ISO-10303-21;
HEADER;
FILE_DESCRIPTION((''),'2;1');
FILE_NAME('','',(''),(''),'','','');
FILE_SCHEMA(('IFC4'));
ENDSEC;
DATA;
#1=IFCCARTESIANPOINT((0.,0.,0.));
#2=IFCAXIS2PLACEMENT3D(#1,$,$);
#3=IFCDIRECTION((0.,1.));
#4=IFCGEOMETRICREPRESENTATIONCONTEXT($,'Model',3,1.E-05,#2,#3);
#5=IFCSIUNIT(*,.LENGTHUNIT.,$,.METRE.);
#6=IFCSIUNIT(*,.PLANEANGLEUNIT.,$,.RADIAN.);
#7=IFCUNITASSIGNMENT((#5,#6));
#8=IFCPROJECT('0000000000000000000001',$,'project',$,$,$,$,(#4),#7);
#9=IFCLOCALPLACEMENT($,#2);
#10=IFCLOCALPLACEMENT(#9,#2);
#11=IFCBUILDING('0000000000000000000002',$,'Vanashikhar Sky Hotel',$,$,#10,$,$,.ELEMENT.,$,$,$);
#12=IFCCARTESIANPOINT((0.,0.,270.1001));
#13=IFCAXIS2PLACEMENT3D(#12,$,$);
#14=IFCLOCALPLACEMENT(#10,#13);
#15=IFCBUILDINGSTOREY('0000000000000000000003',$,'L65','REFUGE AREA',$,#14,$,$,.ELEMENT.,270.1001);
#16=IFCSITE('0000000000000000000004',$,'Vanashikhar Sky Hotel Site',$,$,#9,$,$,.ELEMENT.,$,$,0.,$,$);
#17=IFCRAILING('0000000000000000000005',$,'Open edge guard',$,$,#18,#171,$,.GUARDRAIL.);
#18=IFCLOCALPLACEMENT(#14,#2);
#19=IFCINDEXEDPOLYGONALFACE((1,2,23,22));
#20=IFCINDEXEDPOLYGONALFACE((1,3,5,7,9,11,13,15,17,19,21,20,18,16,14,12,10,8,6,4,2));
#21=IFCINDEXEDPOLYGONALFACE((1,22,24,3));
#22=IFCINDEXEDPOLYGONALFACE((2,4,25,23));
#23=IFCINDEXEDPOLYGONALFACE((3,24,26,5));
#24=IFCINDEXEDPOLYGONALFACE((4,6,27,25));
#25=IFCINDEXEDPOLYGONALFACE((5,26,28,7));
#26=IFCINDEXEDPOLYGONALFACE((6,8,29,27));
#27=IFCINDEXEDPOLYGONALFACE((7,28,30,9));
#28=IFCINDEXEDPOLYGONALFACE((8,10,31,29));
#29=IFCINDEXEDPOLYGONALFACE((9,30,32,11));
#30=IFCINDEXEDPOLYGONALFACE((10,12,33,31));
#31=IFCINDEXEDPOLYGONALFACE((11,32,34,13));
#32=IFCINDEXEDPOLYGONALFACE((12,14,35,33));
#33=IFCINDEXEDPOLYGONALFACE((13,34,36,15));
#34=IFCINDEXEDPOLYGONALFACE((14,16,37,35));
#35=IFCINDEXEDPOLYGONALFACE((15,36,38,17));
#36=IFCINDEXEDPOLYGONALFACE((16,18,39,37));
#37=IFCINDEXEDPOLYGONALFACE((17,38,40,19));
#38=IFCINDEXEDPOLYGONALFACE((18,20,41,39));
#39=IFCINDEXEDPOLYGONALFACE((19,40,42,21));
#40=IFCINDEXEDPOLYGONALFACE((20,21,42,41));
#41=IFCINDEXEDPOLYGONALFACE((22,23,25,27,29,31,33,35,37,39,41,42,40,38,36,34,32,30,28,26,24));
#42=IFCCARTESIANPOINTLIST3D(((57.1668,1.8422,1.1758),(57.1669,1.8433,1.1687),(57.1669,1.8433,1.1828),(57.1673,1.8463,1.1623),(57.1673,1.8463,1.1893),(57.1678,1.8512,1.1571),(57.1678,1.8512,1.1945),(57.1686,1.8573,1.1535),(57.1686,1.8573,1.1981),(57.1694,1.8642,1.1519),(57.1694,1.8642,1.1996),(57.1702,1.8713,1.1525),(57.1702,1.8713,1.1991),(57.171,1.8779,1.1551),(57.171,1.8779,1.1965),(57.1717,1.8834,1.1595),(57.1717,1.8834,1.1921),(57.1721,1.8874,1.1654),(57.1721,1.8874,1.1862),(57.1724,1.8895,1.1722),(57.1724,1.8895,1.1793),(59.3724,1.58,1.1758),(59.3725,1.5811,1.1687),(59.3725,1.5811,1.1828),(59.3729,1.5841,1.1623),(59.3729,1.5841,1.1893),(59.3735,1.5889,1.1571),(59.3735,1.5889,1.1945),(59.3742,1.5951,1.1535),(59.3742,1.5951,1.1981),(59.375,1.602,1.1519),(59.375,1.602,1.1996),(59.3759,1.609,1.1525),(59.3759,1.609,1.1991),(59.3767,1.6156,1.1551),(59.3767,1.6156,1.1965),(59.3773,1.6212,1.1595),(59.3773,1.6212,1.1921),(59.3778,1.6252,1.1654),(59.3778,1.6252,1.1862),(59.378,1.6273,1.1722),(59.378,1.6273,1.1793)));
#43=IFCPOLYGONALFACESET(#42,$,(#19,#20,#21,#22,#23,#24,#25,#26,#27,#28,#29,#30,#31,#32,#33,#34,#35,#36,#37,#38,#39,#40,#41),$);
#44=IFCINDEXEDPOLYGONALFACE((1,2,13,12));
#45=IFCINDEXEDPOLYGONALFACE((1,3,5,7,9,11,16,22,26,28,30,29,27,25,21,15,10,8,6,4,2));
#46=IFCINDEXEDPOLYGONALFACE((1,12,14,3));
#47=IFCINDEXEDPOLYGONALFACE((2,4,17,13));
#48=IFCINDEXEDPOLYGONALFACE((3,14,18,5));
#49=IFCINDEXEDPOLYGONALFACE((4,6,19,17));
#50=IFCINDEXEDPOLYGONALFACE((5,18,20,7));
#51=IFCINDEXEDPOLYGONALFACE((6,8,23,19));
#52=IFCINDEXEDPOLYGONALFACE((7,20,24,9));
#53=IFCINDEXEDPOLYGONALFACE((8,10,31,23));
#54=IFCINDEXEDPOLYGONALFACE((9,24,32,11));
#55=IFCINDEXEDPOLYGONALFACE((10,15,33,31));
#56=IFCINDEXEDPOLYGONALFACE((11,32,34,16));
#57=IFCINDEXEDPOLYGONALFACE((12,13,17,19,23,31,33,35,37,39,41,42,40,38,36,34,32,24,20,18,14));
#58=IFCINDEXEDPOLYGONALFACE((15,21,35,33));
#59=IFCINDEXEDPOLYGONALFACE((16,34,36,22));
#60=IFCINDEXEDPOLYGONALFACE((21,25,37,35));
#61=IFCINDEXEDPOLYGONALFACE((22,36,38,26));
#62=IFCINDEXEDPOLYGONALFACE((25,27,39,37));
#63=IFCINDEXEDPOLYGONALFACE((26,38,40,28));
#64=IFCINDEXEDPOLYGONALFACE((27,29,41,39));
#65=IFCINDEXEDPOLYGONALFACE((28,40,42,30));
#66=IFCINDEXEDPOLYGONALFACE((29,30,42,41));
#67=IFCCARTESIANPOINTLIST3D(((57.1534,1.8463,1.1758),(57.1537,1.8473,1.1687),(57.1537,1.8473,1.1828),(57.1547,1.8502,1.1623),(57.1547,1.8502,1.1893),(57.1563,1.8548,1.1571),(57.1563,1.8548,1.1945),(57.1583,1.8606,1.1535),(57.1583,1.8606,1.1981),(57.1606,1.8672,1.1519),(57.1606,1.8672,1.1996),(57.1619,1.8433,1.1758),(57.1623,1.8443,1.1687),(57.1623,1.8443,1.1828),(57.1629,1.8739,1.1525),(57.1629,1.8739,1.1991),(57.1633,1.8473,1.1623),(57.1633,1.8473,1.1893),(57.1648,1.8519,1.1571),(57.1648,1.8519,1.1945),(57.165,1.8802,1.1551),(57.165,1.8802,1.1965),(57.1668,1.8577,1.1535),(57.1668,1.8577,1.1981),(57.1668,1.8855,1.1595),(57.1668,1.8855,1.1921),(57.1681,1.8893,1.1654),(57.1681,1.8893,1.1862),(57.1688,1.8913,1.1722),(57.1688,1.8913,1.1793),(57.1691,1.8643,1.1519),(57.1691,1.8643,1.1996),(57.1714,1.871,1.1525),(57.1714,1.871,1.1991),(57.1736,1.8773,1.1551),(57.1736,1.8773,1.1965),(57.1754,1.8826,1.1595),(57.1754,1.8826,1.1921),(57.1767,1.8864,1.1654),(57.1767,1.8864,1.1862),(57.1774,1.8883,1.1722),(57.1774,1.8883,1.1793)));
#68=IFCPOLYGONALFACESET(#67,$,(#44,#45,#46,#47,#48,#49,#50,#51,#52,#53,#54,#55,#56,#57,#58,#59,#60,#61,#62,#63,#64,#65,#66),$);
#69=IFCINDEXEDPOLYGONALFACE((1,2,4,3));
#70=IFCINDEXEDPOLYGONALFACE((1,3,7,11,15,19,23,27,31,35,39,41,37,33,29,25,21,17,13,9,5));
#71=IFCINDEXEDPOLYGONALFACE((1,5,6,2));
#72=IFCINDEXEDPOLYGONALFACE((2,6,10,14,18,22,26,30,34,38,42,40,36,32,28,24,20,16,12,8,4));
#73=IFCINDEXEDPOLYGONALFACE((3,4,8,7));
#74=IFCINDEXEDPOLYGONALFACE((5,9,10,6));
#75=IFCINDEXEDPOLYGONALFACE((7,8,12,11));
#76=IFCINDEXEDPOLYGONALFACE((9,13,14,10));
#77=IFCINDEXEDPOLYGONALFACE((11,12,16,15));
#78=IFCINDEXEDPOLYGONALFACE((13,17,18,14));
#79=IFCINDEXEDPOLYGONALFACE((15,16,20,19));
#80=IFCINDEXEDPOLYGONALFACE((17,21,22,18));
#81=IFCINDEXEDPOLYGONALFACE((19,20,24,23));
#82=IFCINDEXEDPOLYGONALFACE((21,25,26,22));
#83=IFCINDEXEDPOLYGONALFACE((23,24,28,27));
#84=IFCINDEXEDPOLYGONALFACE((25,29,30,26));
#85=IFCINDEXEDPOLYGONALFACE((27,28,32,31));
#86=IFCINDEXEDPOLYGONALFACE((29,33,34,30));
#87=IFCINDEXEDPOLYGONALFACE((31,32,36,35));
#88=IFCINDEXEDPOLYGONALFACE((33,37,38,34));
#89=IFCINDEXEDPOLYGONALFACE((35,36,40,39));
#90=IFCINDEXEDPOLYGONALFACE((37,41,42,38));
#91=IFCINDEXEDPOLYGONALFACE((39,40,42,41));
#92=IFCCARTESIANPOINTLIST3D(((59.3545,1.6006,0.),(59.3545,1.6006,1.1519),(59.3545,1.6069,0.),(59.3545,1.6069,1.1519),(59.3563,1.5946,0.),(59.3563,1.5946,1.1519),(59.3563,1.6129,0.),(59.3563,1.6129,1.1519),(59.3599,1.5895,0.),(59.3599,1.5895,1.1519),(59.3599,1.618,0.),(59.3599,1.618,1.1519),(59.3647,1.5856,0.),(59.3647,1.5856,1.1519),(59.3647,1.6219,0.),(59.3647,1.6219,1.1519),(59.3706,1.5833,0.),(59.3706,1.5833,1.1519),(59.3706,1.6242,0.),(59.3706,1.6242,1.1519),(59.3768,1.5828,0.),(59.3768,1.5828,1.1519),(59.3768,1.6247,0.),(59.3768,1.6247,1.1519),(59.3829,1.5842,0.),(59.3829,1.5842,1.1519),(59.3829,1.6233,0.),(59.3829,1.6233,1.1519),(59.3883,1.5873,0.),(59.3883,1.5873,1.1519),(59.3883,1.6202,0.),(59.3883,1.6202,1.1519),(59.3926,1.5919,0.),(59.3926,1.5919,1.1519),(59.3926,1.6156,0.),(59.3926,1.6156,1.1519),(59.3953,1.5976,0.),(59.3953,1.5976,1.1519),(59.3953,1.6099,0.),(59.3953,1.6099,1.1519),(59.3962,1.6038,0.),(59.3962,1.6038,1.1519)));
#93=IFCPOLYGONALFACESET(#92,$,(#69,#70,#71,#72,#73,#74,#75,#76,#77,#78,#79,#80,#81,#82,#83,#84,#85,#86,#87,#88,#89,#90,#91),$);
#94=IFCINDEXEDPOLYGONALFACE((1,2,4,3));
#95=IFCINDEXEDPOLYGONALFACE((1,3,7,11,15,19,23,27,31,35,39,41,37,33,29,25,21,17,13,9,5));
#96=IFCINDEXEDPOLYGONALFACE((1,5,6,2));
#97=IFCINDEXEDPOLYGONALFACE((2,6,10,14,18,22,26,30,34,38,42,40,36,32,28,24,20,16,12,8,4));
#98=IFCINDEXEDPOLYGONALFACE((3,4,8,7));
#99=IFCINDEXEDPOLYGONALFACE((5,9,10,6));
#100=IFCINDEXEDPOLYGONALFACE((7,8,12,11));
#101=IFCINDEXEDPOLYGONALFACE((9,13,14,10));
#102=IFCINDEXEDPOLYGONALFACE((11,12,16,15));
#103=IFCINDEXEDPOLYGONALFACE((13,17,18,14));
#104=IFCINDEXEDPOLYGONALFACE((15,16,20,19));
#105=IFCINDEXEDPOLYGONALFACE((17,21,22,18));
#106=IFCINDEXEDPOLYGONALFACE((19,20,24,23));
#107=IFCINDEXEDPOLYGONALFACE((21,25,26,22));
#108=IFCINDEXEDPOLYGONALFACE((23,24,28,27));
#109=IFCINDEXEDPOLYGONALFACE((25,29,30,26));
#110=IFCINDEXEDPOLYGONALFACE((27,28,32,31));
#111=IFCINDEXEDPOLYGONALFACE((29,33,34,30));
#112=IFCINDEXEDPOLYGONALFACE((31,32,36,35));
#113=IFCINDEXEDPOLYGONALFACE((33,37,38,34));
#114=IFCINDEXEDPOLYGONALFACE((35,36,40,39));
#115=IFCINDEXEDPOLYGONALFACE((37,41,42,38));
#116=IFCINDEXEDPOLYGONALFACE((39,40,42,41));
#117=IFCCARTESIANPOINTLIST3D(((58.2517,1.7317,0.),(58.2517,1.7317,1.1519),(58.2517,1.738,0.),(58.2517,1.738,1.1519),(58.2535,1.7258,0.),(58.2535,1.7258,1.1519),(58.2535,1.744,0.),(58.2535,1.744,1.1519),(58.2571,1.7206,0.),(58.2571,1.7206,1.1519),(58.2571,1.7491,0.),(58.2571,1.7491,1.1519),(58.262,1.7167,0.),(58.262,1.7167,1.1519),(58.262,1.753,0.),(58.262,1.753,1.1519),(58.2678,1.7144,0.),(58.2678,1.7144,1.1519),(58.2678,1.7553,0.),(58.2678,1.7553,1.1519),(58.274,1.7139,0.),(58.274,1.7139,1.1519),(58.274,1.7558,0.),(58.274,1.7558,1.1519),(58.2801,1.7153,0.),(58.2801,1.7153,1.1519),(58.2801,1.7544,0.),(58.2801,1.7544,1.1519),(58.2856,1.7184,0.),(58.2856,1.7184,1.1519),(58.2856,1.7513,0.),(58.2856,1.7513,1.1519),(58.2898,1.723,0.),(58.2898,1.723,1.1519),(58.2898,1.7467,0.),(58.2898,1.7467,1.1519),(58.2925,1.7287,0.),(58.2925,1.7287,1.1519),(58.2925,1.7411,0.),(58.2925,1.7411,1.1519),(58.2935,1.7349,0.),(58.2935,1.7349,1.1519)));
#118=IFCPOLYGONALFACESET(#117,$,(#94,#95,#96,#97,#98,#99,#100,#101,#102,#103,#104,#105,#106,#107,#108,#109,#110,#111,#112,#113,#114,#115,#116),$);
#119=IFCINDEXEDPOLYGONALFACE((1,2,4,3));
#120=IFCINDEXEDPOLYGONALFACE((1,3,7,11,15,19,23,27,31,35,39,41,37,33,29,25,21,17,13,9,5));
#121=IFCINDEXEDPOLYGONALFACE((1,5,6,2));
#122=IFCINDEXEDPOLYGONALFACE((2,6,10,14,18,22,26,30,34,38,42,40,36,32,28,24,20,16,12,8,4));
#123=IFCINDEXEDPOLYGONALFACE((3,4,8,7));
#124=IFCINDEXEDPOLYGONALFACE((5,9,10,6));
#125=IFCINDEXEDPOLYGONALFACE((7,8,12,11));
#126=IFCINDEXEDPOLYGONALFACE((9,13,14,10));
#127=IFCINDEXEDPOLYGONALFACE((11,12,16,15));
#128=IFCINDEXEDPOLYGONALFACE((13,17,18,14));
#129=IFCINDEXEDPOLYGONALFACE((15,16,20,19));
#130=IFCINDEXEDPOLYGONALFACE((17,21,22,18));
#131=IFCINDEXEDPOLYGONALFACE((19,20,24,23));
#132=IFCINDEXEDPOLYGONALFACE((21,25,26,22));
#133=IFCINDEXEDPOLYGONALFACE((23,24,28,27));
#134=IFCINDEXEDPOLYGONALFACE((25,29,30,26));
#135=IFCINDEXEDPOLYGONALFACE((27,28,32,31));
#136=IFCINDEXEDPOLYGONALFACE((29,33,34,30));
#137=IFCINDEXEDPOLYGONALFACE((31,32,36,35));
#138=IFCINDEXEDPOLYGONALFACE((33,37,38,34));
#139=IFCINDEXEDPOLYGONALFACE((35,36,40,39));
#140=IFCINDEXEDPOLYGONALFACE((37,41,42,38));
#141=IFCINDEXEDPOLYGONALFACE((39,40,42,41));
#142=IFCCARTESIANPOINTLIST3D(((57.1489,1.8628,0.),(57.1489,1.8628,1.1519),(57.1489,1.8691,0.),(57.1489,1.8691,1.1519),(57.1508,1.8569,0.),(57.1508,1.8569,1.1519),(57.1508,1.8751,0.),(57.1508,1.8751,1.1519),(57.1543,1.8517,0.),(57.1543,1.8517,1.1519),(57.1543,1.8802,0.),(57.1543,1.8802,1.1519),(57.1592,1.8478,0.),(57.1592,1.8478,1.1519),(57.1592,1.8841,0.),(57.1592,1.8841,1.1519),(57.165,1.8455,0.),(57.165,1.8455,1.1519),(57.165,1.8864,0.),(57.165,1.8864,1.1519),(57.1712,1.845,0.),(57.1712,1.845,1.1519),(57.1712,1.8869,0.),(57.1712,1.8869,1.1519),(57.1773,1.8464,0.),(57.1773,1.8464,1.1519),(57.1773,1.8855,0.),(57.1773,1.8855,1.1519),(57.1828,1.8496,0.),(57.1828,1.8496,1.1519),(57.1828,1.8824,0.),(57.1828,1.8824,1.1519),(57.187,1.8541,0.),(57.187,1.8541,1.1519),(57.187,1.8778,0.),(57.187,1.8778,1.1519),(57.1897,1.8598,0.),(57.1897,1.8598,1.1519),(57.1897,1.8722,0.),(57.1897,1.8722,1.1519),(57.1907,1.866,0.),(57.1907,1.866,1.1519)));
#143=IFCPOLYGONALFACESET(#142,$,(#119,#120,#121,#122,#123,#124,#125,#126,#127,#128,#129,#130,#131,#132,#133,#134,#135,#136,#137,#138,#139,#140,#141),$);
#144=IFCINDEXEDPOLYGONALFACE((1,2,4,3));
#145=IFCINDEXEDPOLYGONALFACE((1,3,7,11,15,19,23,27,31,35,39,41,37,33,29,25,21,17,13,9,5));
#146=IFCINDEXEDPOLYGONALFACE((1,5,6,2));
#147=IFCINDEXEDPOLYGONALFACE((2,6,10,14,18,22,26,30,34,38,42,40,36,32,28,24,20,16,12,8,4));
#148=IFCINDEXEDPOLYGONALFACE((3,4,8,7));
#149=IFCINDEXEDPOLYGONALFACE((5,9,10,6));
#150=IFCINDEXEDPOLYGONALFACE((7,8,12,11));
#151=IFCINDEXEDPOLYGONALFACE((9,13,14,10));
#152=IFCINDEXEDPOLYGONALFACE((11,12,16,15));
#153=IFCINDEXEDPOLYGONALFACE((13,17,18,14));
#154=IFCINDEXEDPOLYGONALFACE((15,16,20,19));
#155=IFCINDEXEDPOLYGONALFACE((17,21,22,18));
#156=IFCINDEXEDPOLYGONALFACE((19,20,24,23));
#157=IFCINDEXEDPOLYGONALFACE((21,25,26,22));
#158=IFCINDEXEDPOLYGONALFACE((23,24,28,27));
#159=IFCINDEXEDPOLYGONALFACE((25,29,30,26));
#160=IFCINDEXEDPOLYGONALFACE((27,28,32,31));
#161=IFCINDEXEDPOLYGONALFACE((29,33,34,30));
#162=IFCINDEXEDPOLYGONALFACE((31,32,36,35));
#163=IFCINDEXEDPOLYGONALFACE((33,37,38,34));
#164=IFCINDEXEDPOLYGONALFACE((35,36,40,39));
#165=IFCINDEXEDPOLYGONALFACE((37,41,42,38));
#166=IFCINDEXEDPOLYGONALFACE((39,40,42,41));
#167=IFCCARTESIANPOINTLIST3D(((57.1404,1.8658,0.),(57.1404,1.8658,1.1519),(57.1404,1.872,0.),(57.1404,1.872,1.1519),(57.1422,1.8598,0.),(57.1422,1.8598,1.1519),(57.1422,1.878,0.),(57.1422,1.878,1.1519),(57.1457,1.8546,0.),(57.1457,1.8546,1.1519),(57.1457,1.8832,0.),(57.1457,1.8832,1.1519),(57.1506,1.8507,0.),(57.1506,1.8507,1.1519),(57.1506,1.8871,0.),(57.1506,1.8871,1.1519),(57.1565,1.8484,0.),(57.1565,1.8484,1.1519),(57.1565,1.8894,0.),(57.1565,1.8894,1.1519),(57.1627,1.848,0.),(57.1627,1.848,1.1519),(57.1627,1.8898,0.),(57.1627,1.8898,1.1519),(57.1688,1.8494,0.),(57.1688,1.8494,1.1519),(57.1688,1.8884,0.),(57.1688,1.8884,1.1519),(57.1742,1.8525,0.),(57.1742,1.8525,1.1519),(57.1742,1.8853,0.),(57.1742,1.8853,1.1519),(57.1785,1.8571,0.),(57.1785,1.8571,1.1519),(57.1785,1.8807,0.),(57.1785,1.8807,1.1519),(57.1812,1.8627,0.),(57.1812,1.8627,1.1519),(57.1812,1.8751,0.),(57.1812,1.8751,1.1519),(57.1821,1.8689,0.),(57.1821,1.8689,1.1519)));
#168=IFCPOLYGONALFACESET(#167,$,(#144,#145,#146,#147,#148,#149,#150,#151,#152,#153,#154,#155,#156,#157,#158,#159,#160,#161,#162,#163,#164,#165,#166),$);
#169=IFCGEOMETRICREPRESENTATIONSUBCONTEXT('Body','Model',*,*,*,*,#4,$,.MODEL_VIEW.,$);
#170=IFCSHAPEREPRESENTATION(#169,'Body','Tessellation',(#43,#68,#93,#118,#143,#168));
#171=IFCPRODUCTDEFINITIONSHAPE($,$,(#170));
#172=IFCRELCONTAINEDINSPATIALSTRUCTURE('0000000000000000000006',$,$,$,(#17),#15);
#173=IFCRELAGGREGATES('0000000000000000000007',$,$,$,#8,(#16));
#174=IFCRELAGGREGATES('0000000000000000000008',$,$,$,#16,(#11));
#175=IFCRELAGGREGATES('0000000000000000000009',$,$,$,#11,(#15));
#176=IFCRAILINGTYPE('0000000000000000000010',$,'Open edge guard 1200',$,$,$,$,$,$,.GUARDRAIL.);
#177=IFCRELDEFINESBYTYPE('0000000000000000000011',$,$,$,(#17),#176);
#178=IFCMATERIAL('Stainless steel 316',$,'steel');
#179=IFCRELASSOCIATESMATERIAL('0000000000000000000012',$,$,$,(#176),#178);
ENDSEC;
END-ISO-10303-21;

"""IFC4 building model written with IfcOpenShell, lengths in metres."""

from ifc_helpers import new_model, si_unit, direction, frame, origin, origin_2d, place, context, subcontext, project, spatial, circle, extrude, source, transform, mapped, material, type_object, element, save


model = new_model("IFC4")

# Units and contexts
model_context = context("Model", 3, precision=1e-05, world=origin(), true_north=direction((0.0, 1.0)))
body_context = subcontext(model_context, "Body", "Model", "MODEL_VIEW")
ifc_project = project(units=[si_unit("LENGTHUNIT", "METRE"), si_unit("PLANEANGLEUNIT", "RADIAN")], contexts=[model_context])

# Site, building, storey
site_placement = place(None, origin())
site = spatial("IfcSite", under=ifc_project, at=site_placement, Name="Vanashikhar Sky Hotel Site", CompositionType="ELEMENT", RefElevation=0.0)
building_placement = place(site_placement, origin())
building = spatial("IfcBuilding", under=site, at=building_placement, Name="Vanashikhar Sky Hotel", CompositionType="ELEMENT")
storey_placement = place(building_placement, frame((0.0, 0.0, 270.1001)))
storey = spatial("IfcBuildingStorey", under=building, at=storey_placement, Name="L65", Description="REFUGE AREA", CompositionType="ELEMENT", Elevation=270.1001)

# Railing
ifc_material_1 = material(Name="Stainless steel 316", Category="steel")
railing_type = type_object("IfcRailingType", Name="Open edge guard 1200", PredefinedType="GUARDRAIL", material=ifc_material_1)
shared_shape_1 = source(origin(), body_context, "Body", "SweptSolid", [
    extrude(circle(Radius=0.0239, at=origin_2d()), frame((0.0, 0.0, 1.1758), z_axis=(-0.993007, 0.118053, 0.0), x_axis=(-0.118053, -0.993007, 0.0)), (0.0, 0.0, 1.0), 2.2212),
    extrude(circle(Radius=0.0239, at=origin_2d()), frame((-2.2056, 0.2622, 1.1758), z_axis=(-0.945946, 0.324324, 0.0), x_axis=(-0.324324, -0.945946, 0.0)), (0.0, 0.0, 1.0), 0.009),
    extrude(circle(Radius=0.021, at=origin_2d()), origin(), (0.0, 0.0, 1.0), 1.1519),
    extrude(circle(Radius=0.021, at=origin_2d()), frame((-1.1028, 0.1311, 0.0)), (0.0, 0.0, 1.0), 1.1519),
    extrude(circle(Radius=0.021, at=origin_2d()), frame((-2.2056, 0.2622, 0.0)), (0.0, 0.0, 1.0), 1.1519),
    extrude(circle(Radius=0.021, at=origin_2d()), frame((-2.2141, 0.2651, 0.0)), (0.0, 0.0, 1.0), 1.1519),
])
railing_1_placement = place(storey_placement, frame((59.3752, 1.6038, 0.0)))
element("IfcRailing", 1, at=railing_1_placement, inside=storey, type_object=railing_type, Name="Open edge guard", PredefinedType="GUARDRAIL", context=body_context, shape_type="MappedRepresentation", body=[
    mapped(shared_shape_1, transform((0.0, 0.0, 0.0), scale=1.0)),
])

save(model, "model.ifc")
